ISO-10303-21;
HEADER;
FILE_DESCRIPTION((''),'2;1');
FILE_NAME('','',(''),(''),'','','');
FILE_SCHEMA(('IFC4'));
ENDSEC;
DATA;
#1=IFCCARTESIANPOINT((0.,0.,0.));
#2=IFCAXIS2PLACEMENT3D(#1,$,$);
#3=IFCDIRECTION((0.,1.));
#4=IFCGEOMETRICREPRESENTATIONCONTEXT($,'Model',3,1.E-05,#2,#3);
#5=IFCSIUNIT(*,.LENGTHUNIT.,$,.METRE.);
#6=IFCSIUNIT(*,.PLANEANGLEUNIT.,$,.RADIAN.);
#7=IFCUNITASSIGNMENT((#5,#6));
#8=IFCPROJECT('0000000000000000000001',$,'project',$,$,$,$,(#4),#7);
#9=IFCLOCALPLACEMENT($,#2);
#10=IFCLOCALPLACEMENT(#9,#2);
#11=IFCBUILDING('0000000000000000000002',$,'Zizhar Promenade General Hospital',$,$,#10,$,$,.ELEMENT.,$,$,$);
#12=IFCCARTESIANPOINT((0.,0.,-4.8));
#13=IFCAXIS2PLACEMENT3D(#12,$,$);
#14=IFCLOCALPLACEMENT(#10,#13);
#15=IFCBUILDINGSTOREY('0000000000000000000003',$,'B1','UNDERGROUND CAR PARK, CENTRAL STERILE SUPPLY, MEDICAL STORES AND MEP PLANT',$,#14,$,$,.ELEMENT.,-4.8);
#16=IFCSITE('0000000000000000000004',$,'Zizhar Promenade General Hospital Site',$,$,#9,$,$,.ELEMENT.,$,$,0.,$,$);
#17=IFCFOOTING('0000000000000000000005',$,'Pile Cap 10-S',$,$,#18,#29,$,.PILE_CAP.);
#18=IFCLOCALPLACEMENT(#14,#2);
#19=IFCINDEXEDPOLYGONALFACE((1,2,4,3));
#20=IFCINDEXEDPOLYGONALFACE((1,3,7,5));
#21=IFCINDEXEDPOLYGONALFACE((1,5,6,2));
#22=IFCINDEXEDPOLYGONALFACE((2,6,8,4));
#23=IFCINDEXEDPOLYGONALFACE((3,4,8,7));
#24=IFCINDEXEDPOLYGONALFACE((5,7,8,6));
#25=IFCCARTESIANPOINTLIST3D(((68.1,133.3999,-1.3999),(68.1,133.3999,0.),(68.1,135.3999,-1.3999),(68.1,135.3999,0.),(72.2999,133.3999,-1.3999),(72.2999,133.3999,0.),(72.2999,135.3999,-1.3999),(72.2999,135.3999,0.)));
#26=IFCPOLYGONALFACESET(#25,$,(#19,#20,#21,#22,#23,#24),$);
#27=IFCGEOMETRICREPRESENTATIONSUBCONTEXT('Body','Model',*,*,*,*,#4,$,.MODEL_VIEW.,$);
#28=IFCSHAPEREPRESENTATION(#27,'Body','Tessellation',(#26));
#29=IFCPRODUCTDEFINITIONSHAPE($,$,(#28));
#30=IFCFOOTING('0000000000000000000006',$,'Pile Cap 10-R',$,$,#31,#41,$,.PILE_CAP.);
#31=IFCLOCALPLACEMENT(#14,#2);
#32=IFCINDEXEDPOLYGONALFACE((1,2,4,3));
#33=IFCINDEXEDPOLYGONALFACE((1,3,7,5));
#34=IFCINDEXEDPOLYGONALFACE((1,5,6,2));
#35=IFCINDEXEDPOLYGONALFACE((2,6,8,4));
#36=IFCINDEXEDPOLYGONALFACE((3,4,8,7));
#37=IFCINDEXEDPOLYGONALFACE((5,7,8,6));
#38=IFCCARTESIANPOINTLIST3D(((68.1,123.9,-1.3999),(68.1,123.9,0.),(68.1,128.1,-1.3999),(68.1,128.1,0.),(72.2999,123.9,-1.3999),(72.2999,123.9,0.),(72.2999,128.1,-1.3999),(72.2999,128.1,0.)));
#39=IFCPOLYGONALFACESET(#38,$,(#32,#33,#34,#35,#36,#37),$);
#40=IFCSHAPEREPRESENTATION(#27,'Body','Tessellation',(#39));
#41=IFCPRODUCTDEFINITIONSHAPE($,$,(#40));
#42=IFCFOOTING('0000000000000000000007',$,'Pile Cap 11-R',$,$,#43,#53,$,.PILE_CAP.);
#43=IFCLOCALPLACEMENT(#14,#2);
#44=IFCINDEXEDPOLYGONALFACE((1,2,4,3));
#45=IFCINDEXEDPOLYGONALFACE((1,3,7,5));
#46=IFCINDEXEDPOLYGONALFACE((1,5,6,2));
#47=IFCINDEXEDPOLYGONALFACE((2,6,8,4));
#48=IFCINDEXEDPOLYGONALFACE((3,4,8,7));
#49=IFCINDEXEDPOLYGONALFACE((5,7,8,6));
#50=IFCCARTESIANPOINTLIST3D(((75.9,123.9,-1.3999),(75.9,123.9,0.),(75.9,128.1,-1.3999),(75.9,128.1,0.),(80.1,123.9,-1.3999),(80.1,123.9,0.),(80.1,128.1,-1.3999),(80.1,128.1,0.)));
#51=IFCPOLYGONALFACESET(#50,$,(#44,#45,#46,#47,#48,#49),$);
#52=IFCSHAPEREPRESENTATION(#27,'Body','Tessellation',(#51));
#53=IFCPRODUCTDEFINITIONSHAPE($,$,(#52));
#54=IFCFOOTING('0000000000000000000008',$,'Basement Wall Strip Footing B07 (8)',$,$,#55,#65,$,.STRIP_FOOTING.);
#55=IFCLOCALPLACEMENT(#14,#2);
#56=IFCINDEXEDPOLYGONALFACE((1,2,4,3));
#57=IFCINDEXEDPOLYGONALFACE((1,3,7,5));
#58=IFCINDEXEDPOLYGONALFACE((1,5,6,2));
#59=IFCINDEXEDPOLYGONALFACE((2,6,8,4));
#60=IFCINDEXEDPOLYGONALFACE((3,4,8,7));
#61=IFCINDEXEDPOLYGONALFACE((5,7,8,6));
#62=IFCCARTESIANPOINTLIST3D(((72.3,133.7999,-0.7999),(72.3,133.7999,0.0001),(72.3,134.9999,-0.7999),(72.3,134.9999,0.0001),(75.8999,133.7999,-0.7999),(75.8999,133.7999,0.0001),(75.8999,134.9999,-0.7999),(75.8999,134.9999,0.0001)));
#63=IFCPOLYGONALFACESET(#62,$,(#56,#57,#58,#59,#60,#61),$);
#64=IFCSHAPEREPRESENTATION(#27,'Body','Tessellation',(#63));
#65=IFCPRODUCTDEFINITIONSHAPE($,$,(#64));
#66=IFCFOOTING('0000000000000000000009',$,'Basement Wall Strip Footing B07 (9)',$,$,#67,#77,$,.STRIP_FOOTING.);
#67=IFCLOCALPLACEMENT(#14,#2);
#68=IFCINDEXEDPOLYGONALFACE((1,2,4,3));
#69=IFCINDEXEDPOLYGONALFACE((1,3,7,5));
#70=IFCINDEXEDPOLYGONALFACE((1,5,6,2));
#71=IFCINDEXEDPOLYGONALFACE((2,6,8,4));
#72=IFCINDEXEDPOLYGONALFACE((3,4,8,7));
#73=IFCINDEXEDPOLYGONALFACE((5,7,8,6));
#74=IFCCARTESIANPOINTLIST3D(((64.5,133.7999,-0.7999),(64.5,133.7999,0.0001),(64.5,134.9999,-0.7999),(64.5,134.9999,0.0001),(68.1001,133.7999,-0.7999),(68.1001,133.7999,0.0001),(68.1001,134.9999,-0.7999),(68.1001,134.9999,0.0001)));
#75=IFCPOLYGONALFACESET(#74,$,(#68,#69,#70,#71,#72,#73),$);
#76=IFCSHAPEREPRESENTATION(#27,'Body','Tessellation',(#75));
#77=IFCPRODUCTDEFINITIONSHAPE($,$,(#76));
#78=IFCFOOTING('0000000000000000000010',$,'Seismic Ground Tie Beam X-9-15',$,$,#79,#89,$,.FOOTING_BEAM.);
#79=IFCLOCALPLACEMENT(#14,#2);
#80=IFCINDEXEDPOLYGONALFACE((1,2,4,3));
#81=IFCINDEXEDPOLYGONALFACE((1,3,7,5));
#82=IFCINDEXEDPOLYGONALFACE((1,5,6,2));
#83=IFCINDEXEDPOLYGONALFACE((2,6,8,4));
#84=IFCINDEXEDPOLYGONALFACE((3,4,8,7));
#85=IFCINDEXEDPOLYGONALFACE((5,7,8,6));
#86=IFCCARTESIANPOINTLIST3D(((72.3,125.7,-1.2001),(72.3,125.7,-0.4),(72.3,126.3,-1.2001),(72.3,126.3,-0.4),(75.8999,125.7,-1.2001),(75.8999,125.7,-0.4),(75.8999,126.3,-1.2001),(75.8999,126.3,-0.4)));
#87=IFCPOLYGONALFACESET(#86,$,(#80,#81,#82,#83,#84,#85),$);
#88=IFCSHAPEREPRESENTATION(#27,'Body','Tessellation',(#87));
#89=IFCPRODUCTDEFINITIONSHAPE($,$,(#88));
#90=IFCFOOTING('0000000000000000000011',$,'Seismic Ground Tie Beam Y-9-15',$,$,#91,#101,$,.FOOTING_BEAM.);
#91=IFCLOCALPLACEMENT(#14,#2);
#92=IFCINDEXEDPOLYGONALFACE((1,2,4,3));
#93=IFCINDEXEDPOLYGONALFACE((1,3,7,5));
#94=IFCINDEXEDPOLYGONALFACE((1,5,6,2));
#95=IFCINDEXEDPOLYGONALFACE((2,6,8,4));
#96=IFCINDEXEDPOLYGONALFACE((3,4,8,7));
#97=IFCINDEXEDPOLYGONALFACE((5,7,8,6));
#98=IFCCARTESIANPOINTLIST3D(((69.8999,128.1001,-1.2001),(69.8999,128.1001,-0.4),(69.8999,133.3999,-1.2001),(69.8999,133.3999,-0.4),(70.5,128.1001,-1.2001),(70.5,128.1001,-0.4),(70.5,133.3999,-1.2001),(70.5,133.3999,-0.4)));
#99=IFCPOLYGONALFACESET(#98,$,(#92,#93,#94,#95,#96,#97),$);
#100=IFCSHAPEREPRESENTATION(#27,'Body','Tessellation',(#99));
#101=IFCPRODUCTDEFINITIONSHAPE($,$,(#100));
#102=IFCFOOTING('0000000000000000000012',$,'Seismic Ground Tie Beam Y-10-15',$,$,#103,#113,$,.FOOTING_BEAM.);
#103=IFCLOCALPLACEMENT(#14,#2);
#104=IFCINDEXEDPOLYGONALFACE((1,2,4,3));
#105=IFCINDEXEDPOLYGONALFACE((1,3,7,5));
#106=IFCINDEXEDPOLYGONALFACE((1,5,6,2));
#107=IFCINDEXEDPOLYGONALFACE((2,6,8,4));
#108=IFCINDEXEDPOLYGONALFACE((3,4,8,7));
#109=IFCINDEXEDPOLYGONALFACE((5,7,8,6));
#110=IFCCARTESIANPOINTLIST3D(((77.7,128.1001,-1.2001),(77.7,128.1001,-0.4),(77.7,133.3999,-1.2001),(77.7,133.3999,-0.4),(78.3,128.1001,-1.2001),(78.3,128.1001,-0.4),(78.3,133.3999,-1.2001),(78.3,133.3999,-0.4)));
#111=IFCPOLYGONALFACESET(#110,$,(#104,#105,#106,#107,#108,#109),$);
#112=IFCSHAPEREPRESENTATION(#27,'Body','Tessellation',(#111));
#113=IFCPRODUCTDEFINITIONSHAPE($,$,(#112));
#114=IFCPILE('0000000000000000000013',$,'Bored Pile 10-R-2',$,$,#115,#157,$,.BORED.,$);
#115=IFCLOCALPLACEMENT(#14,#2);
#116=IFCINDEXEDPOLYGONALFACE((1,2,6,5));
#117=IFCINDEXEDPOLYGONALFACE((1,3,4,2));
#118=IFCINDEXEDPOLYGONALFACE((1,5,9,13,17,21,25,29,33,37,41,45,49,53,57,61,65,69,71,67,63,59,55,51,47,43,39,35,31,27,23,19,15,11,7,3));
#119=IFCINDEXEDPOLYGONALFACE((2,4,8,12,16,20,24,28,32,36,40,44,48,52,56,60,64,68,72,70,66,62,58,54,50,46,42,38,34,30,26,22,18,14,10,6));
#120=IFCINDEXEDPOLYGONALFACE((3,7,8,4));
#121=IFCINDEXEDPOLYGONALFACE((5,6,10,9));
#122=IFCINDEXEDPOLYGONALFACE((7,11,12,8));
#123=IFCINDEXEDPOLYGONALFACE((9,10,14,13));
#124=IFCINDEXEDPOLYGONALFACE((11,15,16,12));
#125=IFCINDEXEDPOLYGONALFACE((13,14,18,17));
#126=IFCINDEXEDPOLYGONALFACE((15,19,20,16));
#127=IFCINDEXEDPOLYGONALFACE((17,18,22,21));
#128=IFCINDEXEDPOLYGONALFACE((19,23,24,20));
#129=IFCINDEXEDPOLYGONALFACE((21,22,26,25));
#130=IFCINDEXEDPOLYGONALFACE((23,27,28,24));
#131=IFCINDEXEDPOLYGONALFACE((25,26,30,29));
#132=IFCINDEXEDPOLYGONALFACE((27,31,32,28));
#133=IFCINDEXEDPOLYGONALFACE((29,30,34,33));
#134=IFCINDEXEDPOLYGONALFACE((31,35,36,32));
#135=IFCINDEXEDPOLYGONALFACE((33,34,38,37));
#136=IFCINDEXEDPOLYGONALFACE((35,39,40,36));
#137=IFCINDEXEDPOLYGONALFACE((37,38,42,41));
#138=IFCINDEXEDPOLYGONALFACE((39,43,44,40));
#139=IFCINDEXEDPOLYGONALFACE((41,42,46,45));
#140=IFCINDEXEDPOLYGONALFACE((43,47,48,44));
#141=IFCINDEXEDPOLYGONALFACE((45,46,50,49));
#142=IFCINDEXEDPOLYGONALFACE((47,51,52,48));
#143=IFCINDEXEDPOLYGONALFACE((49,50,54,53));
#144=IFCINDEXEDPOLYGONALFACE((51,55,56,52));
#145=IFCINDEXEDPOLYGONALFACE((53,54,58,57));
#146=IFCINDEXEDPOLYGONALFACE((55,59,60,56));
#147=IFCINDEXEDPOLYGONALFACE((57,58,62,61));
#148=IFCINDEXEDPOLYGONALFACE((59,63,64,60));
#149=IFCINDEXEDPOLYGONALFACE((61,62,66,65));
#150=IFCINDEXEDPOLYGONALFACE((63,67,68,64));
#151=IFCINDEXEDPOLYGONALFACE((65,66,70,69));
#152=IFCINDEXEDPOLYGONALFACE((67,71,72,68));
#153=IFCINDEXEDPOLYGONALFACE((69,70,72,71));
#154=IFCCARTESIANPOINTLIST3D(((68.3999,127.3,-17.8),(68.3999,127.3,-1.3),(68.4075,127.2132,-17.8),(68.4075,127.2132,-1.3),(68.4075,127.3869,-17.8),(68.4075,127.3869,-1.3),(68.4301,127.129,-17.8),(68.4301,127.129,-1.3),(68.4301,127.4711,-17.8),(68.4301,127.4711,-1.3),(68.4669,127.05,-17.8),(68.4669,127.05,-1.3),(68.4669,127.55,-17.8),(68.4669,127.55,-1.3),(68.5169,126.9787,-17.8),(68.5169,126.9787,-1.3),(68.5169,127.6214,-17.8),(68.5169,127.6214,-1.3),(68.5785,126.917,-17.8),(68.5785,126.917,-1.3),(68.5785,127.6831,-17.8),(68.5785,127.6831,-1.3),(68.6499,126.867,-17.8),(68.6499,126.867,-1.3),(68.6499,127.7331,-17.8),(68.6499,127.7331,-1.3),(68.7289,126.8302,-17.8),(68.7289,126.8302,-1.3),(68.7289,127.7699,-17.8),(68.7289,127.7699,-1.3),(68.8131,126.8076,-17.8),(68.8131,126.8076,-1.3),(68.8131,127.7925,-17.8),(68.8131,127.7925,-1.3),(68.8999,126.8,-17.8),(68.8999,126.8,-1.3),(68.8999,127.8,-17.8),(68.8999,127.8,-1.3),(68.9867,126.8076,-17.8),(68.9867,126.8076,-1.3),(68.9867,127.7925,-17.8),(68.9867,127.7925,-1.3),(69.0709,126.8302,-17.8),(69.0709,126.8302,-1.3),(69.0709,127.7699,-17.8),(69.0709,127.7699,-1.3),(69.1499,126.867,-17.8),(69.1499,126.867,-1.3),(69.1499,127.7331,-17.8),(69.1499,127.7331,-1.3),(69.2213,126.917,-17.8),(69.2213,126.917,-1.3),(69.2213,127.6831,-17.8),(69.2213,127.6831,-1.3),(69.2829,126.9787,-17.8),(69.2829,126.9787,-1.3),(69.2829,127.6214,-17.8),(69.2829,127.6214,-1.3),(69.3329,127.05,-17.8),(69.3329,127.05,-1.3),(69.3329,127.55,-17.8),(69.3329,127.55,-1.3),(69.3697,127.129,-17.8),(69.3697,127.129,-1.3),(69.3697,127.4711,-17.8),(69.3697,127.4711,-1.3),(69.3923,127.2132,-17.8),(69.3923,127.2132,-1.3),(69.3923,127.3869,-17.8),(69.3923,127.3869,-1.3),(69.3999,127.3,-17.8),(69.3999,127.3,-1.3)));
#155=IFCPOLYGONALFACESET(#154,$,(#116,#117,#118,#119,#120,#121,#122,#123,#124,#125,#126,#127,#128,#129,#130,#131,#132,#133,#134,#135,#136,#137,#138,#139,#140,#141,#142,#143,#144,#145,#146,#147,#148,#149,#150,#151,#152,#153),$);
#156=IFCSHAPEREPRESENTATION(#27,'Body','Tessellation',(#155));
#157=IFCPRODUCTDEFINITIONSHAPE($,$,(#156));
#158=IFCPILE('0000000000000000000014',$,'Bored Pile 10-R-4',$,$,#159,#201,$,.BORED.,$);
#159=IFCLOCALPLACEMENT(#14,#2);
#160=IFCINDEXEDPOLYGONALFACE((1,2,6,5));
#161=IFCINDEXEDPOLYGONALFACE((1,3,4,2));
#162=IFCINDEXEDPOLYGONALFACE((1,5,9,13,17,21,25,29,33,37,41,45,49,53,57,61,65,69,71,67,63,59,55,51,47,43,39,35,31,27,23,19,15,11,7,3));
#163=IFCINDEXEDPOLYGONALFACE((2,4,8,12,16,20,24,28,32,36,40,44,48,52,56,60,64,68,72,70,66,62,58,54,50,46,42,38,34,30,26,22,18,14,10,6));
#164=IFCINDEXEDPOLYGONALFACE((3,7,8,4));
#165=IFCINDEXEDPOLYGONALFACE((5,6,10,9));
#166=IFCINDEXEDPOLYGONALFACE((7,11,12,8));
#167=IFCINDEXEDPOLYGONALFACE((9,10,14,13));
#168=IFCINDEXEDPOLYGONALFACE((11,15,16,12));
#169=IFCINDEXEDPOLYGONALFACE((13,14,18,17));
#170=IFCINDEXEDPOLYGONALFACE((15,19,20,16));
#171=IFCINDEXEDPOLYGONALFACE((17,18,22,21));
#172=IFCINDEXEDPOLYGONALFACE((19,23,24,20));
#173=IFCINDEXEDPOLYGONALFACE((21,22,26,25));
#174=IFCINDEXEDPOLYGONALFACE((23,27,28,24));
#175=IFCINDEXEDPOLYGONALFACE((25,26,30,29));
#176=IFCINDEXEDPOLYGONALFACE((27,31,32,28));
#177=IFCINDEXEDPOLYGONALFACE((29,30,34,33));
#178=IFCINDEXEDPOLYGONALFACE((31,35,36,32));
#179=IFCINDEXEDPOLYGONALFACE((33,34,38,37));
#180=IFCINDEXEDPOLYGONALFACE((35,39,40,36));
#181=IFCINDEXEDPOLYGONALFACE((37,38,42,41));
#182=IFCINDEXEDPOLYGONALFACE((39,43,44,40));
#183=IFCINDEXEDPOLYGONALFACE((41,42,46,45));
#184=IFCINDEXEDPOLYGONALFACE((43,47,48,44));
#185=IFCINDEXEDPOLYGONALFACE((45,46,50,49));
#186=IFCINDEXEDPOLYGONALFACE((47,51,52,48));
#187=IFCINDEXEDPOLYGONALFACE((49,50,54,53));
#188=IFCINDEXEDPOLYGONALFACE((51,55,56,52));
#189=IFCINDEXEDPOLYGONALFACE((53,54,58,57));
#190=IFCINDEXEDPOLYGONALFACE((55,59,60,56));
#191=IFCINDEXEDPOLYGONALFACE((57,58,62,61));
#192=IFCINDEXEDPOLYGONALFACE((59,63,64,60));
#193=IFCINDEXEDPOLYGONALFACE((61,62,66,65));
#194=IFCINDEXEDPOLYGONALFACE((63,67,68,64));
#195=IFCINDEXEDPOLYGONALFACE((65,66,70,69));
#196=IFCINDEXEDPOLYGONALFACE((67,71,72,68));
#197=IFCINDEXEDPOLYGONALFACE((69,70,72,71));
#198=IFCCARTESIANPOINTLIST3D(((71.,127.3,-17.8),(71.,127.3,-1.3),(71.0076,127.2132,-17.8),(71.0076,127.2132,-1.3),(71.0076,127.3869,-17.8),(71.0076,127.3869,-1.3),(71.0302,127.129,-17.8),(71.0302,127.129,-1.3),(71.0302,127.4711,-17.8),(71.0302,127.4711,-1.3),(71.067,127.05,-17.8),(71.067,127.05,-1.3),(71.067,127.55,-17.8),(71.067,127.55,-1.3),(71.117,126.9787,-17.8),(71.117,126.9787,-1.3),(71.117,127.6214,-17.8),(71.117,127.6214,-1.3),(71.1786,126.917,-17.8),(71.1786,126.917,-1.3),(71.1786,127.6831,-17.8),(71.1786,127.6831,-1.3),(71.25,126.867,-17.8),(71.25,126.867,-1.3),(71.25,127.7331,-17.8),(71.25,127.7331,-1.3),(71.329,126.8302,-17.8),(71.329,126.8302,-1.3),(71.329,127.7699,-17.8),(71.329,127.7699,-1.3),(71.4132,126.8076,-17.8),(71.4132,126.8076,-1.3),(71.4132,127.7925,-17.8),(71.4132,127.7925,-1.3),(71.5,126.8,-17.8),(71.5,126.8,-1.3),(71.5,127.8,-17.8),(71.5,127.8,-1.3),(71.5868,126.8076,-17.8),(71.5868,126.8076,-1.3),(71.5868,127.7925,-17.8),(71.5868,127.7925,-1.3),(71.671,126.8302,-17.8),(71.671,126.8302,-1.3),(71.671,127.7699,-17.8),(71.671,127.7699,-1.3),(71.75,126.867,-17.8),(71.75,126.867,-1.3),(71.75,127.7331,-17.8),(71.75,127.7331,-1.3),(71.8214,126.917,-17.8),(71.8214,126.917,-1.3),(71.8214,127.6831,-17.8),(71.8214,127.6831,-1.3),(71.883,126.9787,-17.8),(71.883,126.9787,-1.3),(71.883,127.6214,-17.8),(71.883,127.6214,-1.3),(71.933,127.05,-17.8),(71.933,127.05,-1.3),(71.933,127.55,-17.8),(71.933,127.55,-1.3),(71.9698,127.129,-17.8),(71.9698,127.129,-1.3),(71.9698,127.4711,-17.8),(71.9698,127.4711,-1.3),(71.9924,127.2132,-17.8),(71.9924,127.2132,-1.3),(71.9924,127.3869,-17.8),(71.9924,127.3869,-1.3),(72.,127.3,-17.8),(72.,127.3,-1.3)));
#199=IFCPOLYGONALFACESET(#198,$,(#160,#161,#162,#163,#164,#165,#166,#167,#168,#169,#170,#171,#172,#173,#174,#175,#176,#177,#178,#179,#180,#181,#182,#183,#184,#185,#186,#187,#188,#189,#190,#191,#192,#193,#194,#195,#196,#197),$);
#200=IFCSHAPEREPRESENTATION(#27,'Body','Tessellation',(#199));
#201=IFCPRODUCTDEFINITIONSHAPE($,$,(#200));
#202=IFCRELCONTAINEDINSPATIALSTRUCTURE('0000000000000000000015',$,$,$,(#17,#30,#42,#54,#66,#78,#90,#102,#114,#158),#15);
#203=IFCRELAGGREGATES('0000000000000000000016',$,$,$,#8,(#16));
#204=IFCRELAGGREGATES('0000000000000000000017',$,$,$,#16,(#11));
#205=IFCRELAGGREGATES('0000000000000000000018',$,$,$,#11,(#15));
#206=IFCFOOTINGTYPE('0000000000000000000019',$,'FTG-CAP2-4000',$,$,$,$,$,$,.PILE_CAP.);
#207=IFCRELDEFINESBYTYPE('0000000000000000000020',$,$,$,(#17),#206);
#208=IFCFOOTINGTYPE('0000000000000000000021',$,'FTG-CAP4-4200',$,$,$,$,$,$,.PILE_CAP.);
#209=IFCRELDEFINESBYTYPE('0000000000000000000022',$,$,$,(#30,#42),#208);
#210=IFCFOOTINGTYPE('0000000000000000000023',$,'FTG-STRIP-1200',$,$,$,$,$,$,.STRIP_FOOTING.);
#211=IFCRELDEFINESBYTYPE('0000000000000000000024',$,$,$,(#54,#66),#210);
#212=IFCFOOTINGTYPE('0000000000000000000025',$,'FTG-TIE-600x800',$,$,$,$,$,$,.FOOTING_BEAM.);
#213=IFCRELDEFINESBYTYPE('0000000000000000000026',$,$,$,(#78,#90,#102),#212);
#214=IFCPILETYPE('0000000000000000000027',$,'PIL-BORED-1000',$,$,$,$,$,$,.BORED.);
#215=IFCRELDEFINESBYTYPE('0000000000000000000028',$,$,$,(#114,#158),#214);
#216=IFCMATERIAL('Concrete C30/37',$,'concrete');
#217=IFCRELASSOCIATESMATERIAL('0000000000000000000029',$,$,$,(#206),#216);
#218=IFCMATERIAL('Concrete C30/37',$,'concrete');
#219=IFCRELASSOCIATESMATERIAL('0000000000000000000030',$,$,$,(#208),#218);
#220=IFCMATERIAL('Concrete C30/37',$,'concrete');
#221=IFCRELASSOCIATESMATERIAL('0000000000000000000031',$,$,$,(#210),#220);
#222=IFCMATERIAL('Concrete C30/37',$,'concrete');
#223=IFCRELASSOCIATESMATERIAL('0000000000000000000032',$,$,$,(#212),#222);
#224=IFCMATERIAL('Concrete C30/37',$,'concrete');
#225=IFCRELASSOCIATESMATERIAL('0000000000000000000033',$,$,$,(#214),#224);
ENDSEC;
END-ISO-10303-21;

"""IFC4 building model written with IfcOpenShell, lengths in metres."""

from ifc_helpers import new_model, si_unit, direction, frame, origin, origin_2d, place, context, subcontext, project, spatial, rectangle, circle, extrude, material, material_profile, profile_set, type_object, element, save


model = new_model("IFC4")

# Units and contexts
model_context = context("Model", 3, precision=1e-05, world=origin(), true_north=direction((0.0, 1.0)))
body_context = subcontext(model_context, "Body", "Model", "MODEL_VIEW")
ifc_project = project(units=[si_unit("LENGTHUNIT", "METRE"), si_unit("PLANEANGLEUNIT", "RADIAN")], contexts=[model_context])

# Site, building, storey
site_placement = place(None, origin())
site = spatial("IfcSite", under=ifc_project, at=site_placement, Name="Zizhar Promenade General Hospital Site", CompositionType="ELEMENT", RefElevation=0.0)
building_placement = place(site_placement, origin())
building = spatial("IfcBuilding", under=site, at=building_placement, Name="Zizhar Promenade General Hospital", CompositionType="ELEMENT")
storey_placement = place(building_placement, frame((0.0, 0.0, -4.8)))
storey = spatial("IfcBuildingStorey", under=building, at=storey_placement, Name="B1", Description="UNDERGROUND CAR PARK, CENTRAL STERILE SUPPLY, MEDICAL STORES AND MEP PLANT", CompositionType="ELEMENT", Elevation=-4.8)

# Footings
ifc_material_1 = material(Name="Concrete C30/37", Category="concrete")
footing_type_1 = type_object("IfcFootingType", Name="FTG-CAP2-4000", PredefinedType="PILE_CAP", material=ifc_material_1)
footing_1_placement = place(storey_placement, frame((70.2, 134.3999, -1.3999), z_axis=(0.0, 0.0, 1.0), x_axis=(1.0, 0.0, 0.0)))
element("IfcFooting", 1, at=footing_1_placement, inside=storey, type_object=footing_type_1, Name="Pile Cap 10-S", PredefinedType="PILE_CAP", context=body_context, shape_type="SweptSolid", body=[
    extrude(rectangle(XDim=4.2, YDim=2.0, at=origin_2d()), origin(), (0.0, 0.0, 1.0), 1.3999),
])
ifc_material_2 = material(Name="Concrete C30/37", Category="concrete")
footing_type_2 = type_object("IfcFootingType", Name="FTG-CAP4-4200", PredefinedType="PILE_CAP", material=ifc_material_2)
for number, where, z_axis, x_axis, name in (
    (2, (70.2, 126.0, -1.3999), (0.0, 0.0, 1.0), (1.0, 0.0, 0.0), "Pile Cap 10-R"),
    (3, (78.0, 126.0, -1.3999), (0.0, 0.0, 1.0), (1.0, 0.0, 0.0), "Pile Cap 11-R"),
):
    element("IfcFooting", number, at=place(storey_placement, frame(where, z_axis=z_axis, x_axis=x_axis)), inside=storey, type_object=footing_type_2, Name=name, PredefinedType="PILE_CAP", context=body_context, shape_type="SweptSolid", body=[
        extrude(rectangle(XDim=4.2, YDim=4.2, at=origin_2d()), origin(), (0.0, 0.0, 1.0), 1.3999),
    ])
ifc_material_3 = material(Name="Concrete C30/37", Category="concrete")
ifc_material_profile_1 = material_profile(ifc_material_3, rectangle(XDim=1.2, YDim=0.8, at=origin_2d()))
ifc_profile_set_1 = profile_set([ifc_material_profile_1], Name="Concrete C30/37")
footing_type_3 = type_object("IfcFootingType", Name="FTG-STRIP-1200", PredefinedType="STRIP_FOOTING", material=ifc_profile_set_1)
footing_2_placement = place(storey_placement, frame((75.8999, 134.3999, -0.3999), z_axis=(-1.0, 0.0, 0.0), x_axis=(0.0, -1.0, 0.0)))
element("IfcFooting", 4, at=footing_2_placement, inside=storey, type_object=footing_type_3, Name="Basement Wall Strip Footing B07 (8)", PredefinedType="STRIP_FOOTING", context=body_context, shape_type="SweptSolid", body=[
    extrude(rectangle(XDim=1.2, YDim=0.8, at=origin_2d()), origin(), (0.0, 0.0, 1.0), 3.5999),
])
footing_3_placement = place(storey_placement, frame((68.1001, 134.3999, -0.3999), z_axis=(-1.0, 0.0, 0.0), x_axis=(0.0, -1.0, 0.0)))
element("IfcFooting", 5, at=footing_3_placement, inside=storey, type_object=footing_type_3, Name="Basement Wall Strip Footing B07 (9)", PredefinedType="STRIP_FOOTING", context=body_context, shape_type="SweptSolid", body=[
    extrude(rectangle(XDim=1.2, YDim=0.8, at=origin_2d()), origin(), (0.0, 0.0, 1.0), 3.6001),
])
ifc_material_4 = material(Name="Concrete C30/37", Category="concrete")
ifc_material_profile_2 = material_profile(ifc_material_4, rectangle(XDim=0.6001, YDim=0.8, at=origin_2d()))
ifc_profile_set_2 = profile_set([ifc_material_profile_2], Name="Concrete C30/37")
footing_type_4 = type_object("IfcFootingType", Name="FTG-TIE-600x800", PredefinedType="FOOTING_BEAM", material=ifc_profile_set_2)
footing_4_placement = place(storey_placement, frame((72.3, 126.0, -0.8), z_axis=(1.0, 0.0, 0.0), x_axis=(0.0, 1.0, 0.0)))
element("IfcFooting", 6, at=footing_4_placement, inside=storey, type_object=footing_type_4, Name="Seismic Ground Tie Beam X-9-15", PredefinedType="FOOTING_BEAM", context=body_context, shape_type="SweptSolid", body=[
    extrude(rectangle(XDim=0.6001, YDim=0.8, at=origin_2d()), origin(), (0.0, 0.0, 1.0), 3.5999),
])
for number, where, z_axis, x_axis, name in (
    (7, (70.2, 128.1001, -0.8), (0.0, 1.0, 0.0), (-1.0, 0.0, 0.0), "Seismic Ground Tie Beam Y-9-15"),
    (8, (78.0, 128.1001, -0.8), (0.0, 1.0, 0.0), (-1.0, 0.0, 0.0), "Seismic Ground Tie Beam Y-10-15"),
):
    element("IfcFooting", number, at=place(storey_placement, frame(where, z_axis=z_axis, x_axis=x_axis)), inside=storey, type_object=footing_type_4, Name=name, PredefinedType="FOOTING_BEAM", context=body_context, shape_type="SweptSolid", body=[
        extrude(rectangle(XDim=0.6001, YDim=0.8, at=origin_2d()), origin(), (0.0, 0.0, 1.0), 5.2998),
    ])

# Piles
ifc_material_5 = material(Name="Concrete C30/37", Category="concrete")
ifc_material_profile_3 = material_profile(ifc_material_5, circle(Radius=0.5, at=origin_2d()))
ifc_profile_set_3 = profile_set([ifc_material_profile_3], Name="Concrete C30/37")
pile_type = type_object("IfcPileType", Name="PIL-BORED-1000", PredefinedType="BORED", material=ifc_profile_set_3)
for number, where, z_axis, x_axis, name in (
    (9, (68.8999, 127.3, -1.3), (0.0, 0.0, -1.0), (1.0, 0.0, 0.0), "Bored Pile 10-R-2"),
    (10, (71.5, 127.3, -1.3), (0.0, 0.0, -1.0), (1.0, 0.0, 0.0), "Bored Pile 10-R-4"),
):
    element("IfcPile", number, at=place(storey_placement, frame(where, z_axis=z_axis, x_axis=x_axis)), inside=storey, type_object=pile_type, Name=name, PredefinedType="BORED", context=body_context, shape_type="SweptSolid", body=[
        extrude(circle(Radius=0.5, at=origin_2d()), origin(), (0.0, 0.0, 1.0), 16.5),
    ])

save(model, "model.ifc")
